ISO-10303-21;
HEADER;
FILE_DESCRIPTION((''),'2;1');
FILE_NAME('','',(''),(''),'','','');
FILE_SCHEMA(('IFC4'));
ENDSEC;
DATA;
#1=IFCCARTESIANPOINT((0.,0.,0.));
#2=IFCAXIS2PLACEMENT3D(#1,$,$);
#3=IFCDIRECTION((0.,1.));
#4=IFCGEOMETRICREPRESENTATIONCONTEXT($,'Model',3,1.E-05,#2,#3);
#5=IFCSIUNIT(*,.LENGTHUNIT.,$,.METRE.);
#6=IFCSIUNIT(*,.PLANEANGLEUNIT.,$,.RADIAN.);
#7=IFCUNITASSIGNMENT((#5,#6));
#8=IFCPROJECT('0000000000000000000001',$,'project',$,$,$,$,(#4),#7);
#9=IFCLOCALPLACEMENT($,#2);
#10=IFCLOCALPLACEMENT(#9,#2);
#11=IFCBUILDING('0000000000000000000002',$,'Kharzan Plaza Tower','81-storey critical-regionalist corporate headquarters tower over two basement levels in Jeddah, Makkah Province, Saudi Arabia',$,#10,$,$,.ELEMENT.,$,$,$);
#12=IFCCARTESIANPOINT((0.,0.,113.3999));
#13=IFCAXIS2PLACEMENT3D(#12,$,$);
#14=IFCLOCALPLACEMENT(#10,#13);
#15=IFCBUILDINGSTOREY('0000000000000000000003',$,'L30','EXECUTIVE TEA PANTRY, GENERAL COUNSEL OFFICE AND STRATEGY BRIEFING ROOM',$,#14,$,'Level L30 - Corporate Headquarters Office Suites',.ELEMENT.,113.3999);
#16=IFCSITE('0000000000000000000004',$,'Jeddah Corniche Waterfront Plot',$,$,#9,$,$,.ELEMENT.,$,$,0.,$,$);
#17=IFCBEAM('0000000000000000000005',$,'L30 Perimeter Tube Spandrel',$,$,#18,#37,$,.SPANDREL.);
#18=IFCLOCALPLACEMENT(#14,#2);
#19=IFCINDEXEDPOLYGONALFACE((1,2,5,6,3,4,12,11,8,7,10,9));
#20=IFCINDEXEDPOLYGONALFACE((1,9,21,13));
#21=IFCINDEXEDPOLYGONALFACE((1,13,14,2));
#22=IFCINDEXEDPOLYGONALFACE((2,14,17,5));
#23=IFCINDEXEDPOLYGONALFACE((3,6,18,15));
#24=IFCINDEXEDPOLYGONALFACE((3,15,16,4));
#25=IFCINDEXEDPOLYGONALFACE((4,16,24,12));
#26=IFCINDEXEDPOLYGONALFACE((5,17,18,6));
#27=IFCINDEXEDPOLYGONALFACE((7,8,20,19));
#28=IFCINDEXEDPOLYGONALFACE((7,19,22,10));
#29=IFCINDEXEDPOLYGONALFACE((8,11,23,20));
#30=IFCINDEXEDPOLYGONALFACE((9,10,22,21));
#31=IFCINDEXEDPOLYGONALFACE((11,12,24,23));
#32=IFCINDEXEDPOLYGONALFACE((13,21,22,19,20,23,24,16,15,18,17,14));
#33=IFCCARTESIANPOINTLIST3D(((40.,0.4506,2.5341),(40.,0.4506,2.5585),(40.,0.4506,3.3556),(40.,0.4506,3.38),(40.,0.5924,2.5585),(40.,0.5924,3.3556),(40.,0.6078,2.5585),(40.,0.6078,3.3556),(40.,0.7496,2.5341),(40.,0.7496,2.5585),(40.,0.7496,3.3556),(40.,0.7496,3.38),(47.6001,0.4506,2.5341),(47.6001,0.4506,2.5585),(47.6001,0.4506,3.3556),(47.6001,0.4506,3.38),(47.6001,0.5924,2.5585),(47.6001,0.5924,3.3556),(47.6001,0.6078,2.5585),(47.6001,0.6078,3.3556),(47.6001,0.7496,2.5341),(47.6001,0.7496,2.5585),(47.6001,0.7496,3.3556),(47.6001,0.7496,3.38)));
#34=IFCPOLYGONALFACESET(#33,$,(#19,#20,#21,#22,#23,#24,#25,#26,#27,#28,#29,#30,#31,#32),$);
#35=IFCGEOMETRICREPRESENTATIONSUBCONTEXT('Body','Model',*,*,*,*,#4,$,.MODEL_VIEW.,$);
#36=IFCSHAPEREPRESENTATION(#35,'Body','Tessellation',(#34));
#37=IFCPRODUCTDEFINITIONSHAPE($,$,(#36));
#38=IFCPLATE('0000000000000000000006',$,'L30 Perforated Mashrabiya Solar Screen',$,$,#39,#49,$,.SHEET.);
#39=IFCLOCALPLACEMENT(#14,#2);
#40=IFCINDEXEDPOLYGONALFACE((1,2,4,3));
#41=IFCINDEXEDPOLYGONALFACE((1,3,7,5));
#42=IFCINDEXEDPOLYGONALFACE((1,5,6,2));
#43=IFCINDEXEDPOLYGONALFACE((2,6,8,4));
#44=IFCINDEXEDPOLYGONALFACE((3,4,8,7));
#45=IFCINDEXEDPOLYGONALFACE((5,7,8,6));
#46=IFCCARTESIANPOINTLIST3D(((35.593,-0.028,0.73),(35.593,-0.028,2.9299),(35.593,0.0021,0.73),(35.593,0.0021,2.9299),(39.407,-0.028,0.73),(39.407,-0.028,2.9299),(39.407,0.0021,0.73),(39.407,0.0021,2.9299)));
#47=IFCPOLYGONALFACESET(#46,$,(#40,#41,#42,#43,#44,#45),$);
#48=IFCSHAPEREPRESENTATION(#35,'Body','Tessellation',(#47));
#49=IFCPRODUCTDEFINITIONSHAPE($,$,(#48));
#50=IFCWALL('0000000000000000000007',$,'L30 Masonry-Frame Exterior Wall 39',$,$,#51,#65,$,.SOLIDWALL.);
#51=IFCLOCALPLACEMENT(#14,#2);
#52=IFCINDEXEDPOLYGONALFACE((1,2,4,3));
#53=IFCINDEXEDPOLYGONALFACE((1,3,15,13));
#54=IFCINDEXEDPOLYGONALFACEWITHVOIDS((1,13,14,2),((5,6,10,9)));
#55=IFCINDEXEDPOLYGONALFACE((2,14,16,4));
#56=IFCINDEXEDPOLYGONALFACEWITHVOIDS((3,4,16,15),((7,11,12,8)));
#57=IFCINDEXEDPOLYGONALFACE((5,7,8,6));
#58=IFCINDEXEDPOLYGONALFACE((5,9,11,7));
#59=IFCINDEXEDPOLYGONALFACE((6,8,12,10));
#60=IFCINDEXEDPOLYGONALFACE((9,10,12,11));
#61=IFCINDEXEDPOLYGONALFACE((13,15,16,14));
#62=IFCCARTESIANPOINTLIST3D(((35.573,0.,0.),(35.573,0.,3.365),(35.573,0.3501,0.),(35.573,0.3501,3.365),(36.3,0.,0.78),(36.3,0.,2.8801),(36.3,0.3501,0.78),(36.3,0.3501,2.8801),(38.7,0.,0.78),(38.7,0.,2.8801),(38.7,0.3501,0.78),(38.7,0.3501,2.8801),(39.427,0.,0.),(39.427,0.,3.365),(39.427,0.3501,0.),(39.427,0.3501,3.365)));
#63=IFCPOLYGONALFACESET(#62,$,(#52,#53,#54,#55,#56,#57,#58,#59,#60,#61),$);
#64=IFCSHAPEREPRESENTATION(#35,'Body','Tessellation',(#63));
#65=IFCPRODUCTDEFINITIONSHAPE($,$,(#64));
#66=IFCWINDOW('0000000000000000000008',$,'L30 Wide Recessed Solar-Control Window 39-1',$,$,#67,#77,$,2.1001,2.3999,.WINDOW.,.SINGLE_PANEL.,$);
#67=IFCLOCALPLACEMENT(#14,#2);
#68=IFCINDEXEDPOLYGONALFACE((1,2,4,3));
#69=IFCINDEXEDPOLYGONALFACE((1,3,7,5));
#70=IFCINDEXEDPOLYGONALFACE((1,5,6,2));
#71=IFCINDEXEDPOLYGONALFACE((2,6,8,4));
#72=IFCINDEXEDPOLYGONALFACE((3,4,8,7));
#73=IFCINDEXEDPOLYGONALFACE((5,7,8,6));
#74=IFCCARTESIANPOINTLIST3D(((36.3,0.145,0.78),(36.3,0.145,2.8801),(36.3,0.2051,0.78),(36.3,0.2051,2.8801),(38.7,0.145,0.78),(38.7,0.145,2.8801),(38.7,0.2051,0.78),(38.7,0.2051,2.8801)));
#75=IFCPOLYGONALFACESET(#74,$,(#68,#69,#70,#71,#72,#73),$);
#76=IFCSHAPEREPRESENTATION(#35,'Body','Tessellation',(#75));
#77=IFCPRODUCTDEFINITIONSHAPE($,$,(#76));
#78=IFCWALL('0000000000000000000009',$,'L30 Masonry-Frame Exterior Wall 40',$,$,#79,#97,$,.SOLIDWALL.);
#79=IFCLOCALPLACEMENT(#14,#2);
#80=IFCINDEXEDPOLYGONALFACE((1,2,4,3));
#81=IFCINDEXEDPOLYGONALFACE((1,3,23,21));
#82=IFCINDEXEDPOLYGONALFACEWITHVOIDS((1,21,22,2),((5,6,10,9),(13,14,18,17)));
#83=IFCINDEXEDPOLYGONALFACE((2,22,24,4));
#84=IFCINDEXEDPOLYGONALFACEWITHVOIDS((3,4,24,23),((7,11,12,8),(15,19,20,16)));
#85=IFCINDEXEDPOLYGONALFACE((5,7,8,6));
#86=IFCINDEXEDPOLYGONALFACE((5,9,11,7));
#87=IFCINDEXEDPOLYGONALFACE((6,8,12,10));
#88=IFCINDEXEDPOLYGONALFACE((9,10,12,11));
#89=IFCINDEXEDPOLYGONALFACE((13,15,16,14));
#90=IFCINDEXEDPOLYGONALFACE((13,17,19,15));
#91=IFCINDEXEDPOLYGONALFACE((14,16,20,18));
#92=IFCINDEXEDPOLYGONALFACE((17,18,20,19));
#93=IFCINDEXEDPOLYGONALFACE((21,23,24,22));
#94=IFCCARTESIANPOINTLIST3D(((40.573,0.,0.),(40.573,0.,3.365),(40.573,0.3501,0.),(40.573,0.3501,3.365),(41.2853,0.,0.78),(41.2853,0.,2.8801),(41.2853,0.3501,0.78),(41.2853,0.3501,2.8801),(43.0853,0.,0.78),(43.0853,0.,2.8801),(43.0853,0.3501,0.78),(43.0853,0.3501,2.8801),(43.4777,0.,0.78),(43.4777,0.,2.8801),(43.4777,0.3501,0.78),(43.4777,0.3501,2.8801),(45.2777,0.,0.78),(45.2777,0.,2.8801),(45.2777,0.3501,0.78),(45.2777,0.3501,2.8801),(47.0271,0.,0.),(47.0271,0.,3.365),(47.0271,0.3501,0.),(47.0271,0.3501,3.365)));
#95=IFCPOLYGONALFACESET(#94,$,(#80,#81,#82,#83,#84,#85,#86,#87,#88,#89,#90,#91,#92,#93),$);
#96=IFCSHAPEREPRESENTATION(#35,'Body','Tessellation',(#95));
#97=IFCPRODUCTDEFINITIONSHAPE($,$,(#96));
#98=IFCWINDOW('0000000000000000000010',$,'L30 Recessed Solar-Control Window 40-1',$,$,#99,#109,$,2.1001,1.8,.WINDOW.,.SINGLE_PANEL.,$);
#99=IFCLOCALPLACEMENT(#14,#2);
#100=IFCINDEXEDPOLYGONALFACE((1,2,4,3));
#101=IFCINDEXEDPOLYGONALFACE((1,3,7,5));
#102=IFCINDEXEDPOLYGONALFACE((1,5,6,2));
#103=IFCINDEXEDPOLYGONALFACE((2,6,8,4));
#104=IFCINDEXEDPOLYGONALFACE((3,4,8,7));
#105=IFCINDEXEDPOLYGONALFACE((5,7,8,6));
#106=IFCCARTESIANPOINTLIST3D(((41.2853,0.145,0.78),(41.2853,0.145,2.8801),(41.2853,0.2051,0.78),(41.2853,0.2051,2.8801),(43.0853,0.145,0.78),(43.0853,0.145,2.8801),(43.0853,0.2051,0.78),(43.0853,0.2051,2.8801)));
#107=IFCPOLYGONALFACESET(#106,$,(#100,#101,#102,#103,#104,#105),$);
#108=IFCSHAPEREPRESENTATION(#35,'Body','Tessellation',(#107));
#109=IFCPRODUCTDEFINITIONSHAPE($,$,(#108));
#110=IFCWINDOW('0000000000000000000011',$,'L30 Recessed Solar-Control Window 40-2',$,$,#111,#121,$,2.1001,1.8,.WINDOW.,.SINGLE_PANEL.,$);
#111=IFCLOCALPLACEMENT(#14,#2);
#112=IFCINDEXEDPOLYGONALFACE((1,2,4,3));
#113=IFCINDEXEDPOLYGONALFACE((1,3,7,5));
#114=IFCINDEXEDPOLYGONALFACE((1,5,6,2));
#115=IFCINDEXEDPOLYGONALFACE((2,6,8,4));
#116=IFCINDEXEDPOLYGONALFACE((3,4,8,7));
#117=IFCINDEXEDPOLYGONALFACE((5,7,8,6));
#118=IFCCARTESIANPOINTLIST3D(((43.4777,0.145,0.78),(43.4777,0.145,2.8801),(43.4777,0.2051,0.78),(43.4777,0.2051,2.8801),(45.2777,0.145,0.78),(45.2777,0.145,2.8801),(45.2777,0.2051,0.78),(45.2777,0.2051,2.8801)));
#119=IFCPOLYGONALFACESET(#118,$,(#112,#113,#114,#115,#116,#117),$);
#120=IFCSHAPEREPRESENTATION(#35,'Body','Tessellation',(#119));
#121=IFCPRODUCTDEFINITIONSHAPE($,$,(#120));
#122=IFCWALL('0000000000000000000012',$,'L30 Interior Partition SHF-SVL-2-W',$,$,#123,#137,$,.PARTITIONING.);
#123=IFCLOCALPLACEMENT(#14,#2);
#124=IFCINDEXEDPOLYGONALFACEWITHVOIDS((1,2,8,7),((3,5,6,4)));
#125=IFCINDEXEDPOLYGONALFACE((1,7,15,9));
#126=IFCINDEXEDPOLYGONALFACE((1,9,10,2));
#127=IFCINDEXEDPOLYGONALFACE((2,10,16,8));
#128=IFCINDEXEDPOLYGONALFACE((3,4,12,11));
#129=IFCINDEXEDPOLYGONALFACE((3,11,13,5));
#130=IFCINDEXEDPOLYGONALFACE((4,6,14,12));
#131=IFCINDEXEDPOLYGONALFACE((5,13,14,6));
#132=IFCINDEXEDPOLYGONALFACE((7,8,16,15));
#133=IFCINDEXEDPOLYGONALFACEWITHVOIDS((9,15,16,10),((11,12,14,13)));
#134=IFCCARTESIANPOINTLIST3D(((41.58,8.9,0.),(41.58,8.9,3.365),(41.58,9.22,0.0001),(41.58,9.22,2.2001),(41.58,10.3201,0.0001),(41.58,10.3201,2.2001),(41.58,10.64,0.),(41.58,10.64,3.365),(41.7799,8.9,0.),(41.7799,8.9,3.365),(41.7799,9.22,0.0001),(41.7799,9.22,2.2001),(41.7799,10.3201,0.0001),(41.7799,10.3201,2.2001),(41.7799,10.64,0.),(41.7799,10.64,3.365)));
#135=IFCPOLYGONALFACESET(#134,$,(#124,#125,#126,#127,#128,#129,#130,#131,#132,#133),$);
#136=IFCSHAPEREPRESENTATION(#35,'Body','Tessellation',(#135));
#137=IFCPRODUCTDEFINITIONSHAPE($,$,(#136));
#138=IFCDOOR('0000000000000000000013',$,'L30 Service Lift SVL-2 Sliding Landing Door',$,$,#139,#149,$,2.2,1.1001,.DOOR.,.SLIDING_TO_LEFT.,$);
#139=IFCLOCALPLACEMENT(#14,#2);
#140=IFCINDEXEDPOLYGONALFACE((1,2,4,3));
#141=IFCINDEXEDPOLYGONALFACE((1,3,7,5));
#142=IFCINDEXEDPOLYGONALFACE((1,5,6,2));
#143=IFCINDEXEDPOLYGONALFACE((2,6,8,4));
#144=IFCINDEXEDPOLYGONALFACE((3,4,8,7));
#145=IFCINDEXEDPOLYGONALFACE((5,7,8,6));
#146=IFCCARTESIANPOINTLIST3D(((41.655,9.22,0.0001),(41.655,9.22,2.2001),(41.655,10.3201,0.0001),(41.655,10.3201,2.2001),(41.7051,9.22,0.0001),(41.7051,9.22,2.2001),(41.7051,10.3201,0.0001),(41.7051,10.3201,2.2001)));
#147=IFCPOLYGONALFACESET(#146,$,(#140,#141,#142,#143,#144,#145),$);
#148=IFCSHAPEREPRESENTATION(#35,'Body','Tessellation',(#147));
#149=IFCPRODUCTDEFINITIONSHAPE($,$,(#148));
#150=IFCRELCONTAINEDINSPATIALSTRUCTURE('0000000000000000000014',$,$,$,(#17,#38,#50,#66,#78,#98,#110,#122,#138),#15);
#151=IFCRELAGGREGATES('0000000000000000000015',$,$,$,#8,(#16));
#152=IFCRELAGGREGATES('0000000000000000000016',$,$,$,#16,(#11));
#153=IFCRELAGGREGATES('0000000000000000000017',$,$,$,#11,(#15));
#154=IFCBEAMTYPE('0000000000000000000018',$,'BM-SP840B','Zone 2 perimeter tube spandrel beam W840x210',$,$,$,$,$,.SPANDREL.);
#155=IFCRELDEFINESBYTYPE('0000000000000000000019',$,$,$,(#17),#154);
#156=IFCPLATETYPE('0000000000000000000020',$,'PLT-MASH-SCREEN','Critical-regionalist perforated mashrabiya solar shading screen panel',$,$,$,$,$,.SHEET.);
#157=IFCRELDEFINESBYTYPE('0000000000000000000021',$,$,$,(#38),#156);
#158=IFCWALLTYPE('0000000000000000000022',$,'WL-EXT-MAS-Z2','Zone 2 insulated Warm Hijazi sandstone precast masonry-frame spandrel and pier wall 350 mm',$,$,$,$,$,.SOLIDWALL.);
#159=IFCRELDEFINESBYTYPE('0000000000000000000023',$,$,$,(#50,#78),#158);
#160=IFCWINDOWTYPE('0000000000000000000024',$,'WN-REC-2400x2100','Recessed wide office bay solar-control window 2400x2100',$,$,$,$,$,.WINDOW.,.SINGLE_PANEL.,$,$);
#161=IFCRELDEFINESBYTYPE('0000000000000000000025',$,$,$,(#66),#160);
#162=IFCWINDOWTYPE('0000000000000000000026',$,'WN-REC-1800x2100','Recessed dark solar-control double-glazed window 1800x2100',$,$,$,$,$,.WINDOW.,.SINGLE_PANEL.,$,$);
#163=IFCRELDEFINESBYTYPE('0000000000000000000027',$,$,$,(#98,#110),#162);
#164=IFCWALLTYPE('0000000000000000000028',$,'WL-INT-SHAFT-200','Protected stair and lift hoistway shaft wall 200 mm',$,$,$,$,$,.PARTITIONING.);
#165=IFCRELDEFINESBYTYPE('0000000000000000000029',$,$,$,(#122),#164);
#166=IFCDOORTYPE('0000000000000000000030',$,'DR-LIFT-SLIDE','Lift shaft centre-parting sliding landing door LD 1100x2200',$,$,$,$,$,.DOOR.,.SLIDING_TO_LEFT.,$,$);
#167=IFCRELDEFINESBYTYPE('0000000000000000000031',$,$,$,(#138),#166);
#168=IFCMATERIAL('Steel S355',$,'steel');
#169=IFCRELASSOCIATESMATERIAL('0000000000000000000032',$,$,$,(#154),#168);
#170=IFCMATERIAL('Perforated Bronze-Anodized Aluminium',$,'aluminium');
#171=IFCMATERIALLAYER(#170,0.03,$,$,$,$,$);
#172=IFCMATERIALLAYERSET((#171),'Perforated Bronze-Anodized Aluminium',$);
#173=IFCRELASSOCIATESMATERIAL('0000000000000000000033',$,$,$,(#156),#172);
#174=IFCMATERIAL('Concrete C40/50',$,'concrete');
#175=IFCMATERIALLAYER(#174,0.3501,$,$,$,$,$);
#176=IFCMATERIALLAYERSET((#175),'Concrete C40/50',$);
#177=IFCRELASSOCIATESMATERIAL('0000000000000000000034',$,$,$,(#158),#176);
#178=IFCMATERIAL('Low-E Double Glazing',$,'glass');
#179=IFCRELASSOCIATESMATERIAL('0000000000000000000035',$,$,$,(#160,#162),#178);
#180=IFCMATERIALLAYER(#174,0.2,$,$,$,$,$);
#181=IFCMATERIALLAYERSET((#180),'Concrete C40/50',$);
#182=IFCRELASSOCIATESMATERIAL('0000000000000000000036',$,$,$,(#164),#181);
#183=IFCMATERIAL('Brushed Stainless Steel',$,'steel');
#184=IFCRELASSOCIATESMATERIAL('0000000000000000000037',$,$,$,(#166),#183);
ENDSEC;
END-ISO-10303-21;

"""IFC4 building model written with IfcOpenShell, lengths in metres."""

from ifc_helpers import new_model, si_unit, direction, frame, frame_2d, origin, origin_2d, place, context, subcontext, project, spatial, rectangle, i_section, extrude, source, transform, mapped, material, layer, layer_set, material_profile, profile_set, type_object, element, fill, save


model = new_model("IFC4")

# Units and contexts
model_context = context("Model", 3, precision=1e-05, world=origin(), true_north=direction((0.0, 1.0)))
body_context = subcontext(model_context, "Body", "Model", "MODEL_VIEW")
ifc_project = project(units=[si_unit("LENGTHUNIT", "METRE"), si_unit("PLANEANGLEUNIT", "RADIAN")], contexts=[model_context])

# Site, building, storey
site_placement = place(None, origin())
site = spatial("IfcSite", under=ifc_project, at=site_placement, Name="Jeddah Corniche Waterfront Plot", CompositionType="ELEMENT", RefElevation=0.0)
building_placement = place(site_placement, origin())
building = spatial("IfcBuilding", under=site, at=building_placement, Name="Kharzan Plaza Tower", Description="81-storey critical-regionalist corporate headquarters tower over two basement levels in Jeddah, Makkah Province, Saudi Arabia", CompositionType="ELEMENT")
storey_placement = place(building_placement, frame((0.0, 0.0, 113.3999)))
storey = spatial("IfcBuildingStorey", under=building, at=storey_placement, Name="L30", Description="EXECUTIVE TEA PANTRY, GENERAL COUNSEL OFFICE AND STRATEGY BRIEFING ROOM", LongName="Level L30 - Corporate Headquarters Office Suites", CompositionType="ELEMENT", Elevation=113.3999)

# Beam
ifc_material_1 = material(Name="Steel S355", Category="steel")
ifc_material_profile_1 = material_profile(ifc_material_1, i_section(OverallWidth=0.2991, OverallDepth=0.8459, WebThickness=0.0154, FlangeThickness=0.0244, at=origin_2d()), Name="W840x210")
ifc_profile_set_1 = profile_set([ifc_material_profile_1], Name="Steel S355")
beam_type_1 = type_object("IfcBeamType", Name="BM-SP840B", Description="Zone 2 perimeter tube spandrel beam W840x210", PredefinedType="SPANDREL", material=ifc_profile_set_1)
shared_shape_1 = source(origin(), body_context, "Body", "SweptSolid", [
    extrude(i_section(OverallWidth=0.2991, OverallDepth=0.8459, WebThickness=0.0154, FlangeThickness=0.0244, at=origin_2d()), origin(), (0.0, 0.0, 1.0), 7.6001),
])
beam_1_placement = place(storey_placement, frame((40.0, 0.6001, 2.957), z_axis=(1.0, 0.0, 0.0), x_axis=(0.0, 1.0, 0.0)))
element("IfcBeam", 1, at=beam_1_placement, inside=storey, type_object=beam_type_1, Name="L30 Perimeter Tube Spandrel", PredefinedType="SPANDREL", context=body_context, shape_type="MappedRepresentation", body=[
    mapped(shared_shape_1, transform((0.0, 0.0, 0.0), x_axis=(1.0, 0.0, 0.0), y_axis=(0.0, 1.0, 0.0), z_axis=(0.0, 0.0, 1.0))),
])

# Plate
ifc_material_2 = material(Name="Perforated Bronze-Anodized Aluminium", Category="aluminium")
ifc_layer_1 = layer(ifc_material_2, 0.03)
ifc_layer_set_1 = layer_set([ifc_layer_1], Name="Perforated Bronze-Anodized Aluminium")
plate_type = type_object("IfcPlateType", Name="PLT-MASH-SCREEN", Description="Critical-regionalist perforated mashrabiya solar shading screen panel", PredefinedType="SHEET", material=ifc_layer_set_1)
shared_shape_2 = source(origin(), body_context, "Body", "SweptSolid", [
    extrude(rectangle(XDim=3.814, YDim=0.03, at=origin_2d()), origin(), (0.0, 0.0, 1.0), 2.2),
])
plate_placement = place(storey_placement, frame((37.5, -0.0129, 0.73), z_axis=(0.0, 0.0, 1.0), x_axis=(1.0, 0.0, 0.0)))
element("IfcPlate", 2, at=plate_placement, inside=storey, type_object=plate_type, Name="L30 Perforated Mashrabiya Solar Screen", PredefinedType="SHEET", context=body_context, shape_type="MappedRepresentation", body=[
    mapped(shared_shape_2, transform((0.0, 0.0, 0.0), x_axis=(1.0, 0.0, 0.0), y_axis=(0.0, 1.0, 0.0), z_axis=(0.0, 0.0, 1.0))),
])

# Wall, opening, window
ifc_material_3 = material(Name="Concrete C40/50", Category="concrete")
ifc_layer_2 = layer(ifc_material_3, 0.3501)
ifc_layer_set_2 = layer_set([ifc_layer_2], Name="Concrete C40/50")
wall_type_1 = type_object("IfcWallType", Name="WL-EXT-MAS-Z2", Description="Zone 2 insulated Warm Hijazi sandstone precast masonry-frame spandrel and pier wall 350 mm", PredefinedType="SOLIDWALL", material=ifc_layer_set_2)
wall_1_placement = place(storey_placement, frame((35.573, 0.175, 0.0), z_axis=(0.0, 0.0, 1.0), x_axis=(1.0, 0.0, 0.0)))
wall_1 = element("IfcWall", 3, at=wall_1_placement, inside=storey, type_object=wall_type_1, Name="L30 Masonry-Frame Exterior Wall 39", PredefinedType="SOLIDWALL", context=body_context, shape_type="SweptSolid", body=[
    extrude(rectangle(XDim=3.854, YDim=0.3501, at=frame_2d((1.927, 0.0))), origin(), (0.0, 0.0, 1.0), 3.365),
])
opening_1_placement = place(wall_1_placement, frame((0.7271, 0.0, 0.78)))
opening_1 = element("IfcOpeningElement", 4, at=opening_1_placement, cuts=wall_1, PredefinedType="OPENING", context=body_context, shape_type="SweptSolid", body=[
    extrude(rectangle(XDim=2.3999, YDim=2.1001, at=frame_2d((1.2, 1.05))), frame((0.0, 0.1851, 0.0), z_axis=(0.0, -1.0, 0.0), x_axis=(1.0, 0.0, 0.0)), (0.0, 0.0, 1.0), 0.3701),
])
ifc_material_4 = material(Name="Low-E Double Glazing", Category="glass")
window_type_1 = type_object("IfcWindowType", Name="WN-REC-2400x2100", Description="Recessed wide office bay solar-control window 2400x2100", PartitioningType="SINGLE_PANEL", PredefinedType="WINDOW", material=ifc_material_4)
shared_shape_3 = source(origin(), body_context, "Body", "SweptSolid", [
    extrude(rectangle(XDim=2.3999, YDim=2.1001, at=frame_2d((1.2, 1.05))), frame((0.0, 0.03, 0.0), z_axis=(0.0, -1.0, 0.0), x_axis=(1.0, 0.0, 0.0)), (0.0, 0.0, 1.0), 0.0601),
])
window_1_placement = place(opening_1_placement, origin())
window_1 = element("IfcWindow", 5, at=window_1_placement, inside=storey, type_object=window_type_1, Name="L30 Wide Recessed Solar-Control Window 39-1", OverallHeight=2.1001, OverallWidth=2.3999, PartitioningType="SINGLE_PANEL", PredefinedType="WINDOW", context=body_context, shape_type="MappedRepresentation", body=[
    mapped(shared_shape_3, transform((0.0, 0.0, 0.0), x_axis=(1.0, 0.0, 0.0), y_axis=(0.0, 1.0, 0.0), z_axis=(0.0, 0.0, 1.0))),
])
fill(opening_1, window_1)

# Wall, openings, windows
wall_2_placement = place(storey_placement, frame((40.573, 0.175, 0.0), z_axis=(0.0, 0.0, 1.0), x_axis=(1.0, 0.0, 0.0)))
wall_2 = element("IfcWall", 6, at=wall_2_placement, inside=storey, type_object=wall_type_1, Name="L30 Masonry-Frame Exterior Wall 40", PredefinedType="SOLIDWALL", context=body_context, shape_type="SweptSolid", body=[
    extrude(rectangle(XDim=6.4541, YDim=0.3501, at=frame_2d((3.2271, 0.0))), origin(), (0.0, 0.0, 1.0), 3.365),
])
opening_2_placement = place(wall_2_placement, frame((0.7124, 0.0, 0.78)))
opening_2 = element("IfcOpeningElement", 7, at=opening_2_placement, cuts=wall_2, PredefinedType="OPENING", context=body_context, shape_type="SweptSolid", body=[
    extrude(rectangle(XDim=1.8, YDim=2.1001, at=frame_2d((0.8999, 1.05))), frame((0.0, 0.1851, 0.0), z_axis=(0.0, -1.0, 0.0), x_axis=(1.0, 0.0, 0.0)), (0.0, 0.0, 1.0), 0.3701),
])
opening_3_placement = place(wall_2_placement, frame((2.9048, 0.0, 0.78)))
opening_3 = element("IfcOpeningElement", 8, at=opening_3_placement, cuts=wall_2, PredefinedType="OPENING", context=body_context, shape_type="SweptSolid", body=[
    extrude(rectangle(XDim=1.8, YDim=2.1001, at=frame_2d((0.8999, 1.05))), frame((0.0, 0.1851, 0.0), z_axis=(0.0, -1.0, 0.0), x_axis=(1.0, 0.0, 0.0)), (0.0, 0.0, 1.0), 0.3701),
])
window_type_2 = type_object("IfcWindowType", Name="WN-REC-1800x2100", Description="Recessed dark solar-control double-glazed window 1800x2100", PartitioningType="SINGLE_PANEL", PredefinedType="WINDOW", material=ifc_material_4)
shared_shape_4 = source(origin(), body_context, "Body", "SweptSolid", [
    extrude(rectangle(XDim=1.8, YDim=2.1001, at=frame_2d((0.8999, 1.05))), frame((0.0, 0.03, 0.0), z_axis=(0.0, -1.0, 0.0), x_axis=(1.0, 0.0, 0.0)), (0.0, 0.0, 1.0), 0.0601),
])
window_2_placement = place(opening_2_placement, origin())
window_2 = element("IfcWindow", 9, at=window_2_placement, inside=storey, type_object=window_type_2, Name="L30 Recessed Solar-Control Window 40-1", OverallHeight=2.1001, OverallWidth=1.8, PartitioningType="SINGLE_PANEL", PredefinedType="WINDOW", context=body_context, shape_type="MappedRepresentation", body=[
    mapped(shared_shape_4, transform((0.0, 0.0, 0.0), x_axis=(1.0, 0.0, 0.0), y_axis=(0.0, 1.0, 0.0), z_axis=(0.0, 0.0, 1.0))),
])
fill(opening_2, window_2)
window_3_placement = place(opening_3_placement, origin())
window_3 = element("IfcWindow", 10, at=window_3_placement, inside=storey, type_object=window_type_2, Name="L30 Recessed Solar-Control Window 40-2", OverallHeight=2.1001, OverallWidth=1.8, PartitioningType="SINGLE_PANEL", PredefinedType="WINDOW", context=body_context, shape_type="MappedRepresentation", body=[
    mapped(shared_shape_4, transform((0.0, 0.0, 0.0), x_axis=(1.0, 0.0, 0.0), y_axis=(0.0, 1.0, 0.0), z_axis=(0.0, 0.0, 1.0))),
])
fill(opening_3, window_3)

# Wall, opening, door
ifc_layer_3 = layer(ifc_material_3, 0.2)
ifc_layer_set_3 = layer_set([ifc_layer_3], Name="Concrete C40/50")
wall_type_2 = type_object("IfcWallType", Name="WL-INT-SHAFT-200", Description="Protected stair and lift hoistway shaft wall 200 mm", PredefinedType="PARTITIONING", material=ifc_layer_set_3)
wall_3_placement = place(storey_placement, frame((41.6799, 8.8999, 0.0), z_axis=(0.0, 0.0, 1.0), x_axis=(0.0, 1.0, 0.0)))
wall_3 = element("IfcWall", 11, at=wall_3_placement, inside=storey, type_object=wall_type_2, Name="L30 Interior Partition SHF-SVL-2-W", PredefinedType="PARTITIONING", context=body_context, shape_type="SweptSolid", body=[
    extrude(rectangle(XDim=1.74, YDim=0.2, at=frame_2d((0.8701, 0.0))), origin(), (0.0, 0.0, 1.0), 3.365),
])
opening_4_placement = place(wall_3_placement, frame((0.3201, 0.0, 0.0)))
opening_4 = element("IfcOpeningElement", 12, at=opening_4_placement, cuts=wall_3, PredefinedType="OPENING", context=body_context, shape_type="SweptSolid", body=[
    extrude(rectangle(XDim=1.1001, YDim=2.2, at=frame_2d((0.55, 1.1001))), frame((0.0, 0.1099, 0.0), z_axis=(0.0, -1.0, 0.0), x_axis=(1.0, 0.0, 0.0)), (0.0, 0.0, 1.0), 0.22),
])
ifc_material_5 = material(Name="Brushed Stainless Steel", Category="steel")
door_type_1 = type_object("IfcDoorType", Name="DR-LIFT-SLIDE", Description="Lift shaft centre-parting sliding landing door LD 1100x2200", OperationType="SLIDING_TO_LEFT", PredefinedType="DOOR", material=ifc_material_5)
shared_shape_5 = source(origin(), body_context, "Body", "SweptSolid", [
    extrude(rectangle(XDim=1.1001, YDim=2.2, at=frame_2d((0.55, 1.1001))), frame((0.0, 0.0249, 0.0), z_axis=(0.0, -1.0, 0.0), x_axis=(1.0, 0.0, 0.0)), (0.0, 0.0, 1.0), 0.05),
])
door_1_placement = place(opening_4_placement, origin())
door_1 = element("IfcDoor", 13, at=door_1_placement, inside=storey, type_object=door_type_1, Name="L30 Service Lift SVL-2 Sliding Landing Door", OperationType="SLIDING_TO_LEFT", OverallHeight=2.2, OverallWidth=1.1001, PredefinedType="DOOR", context=body_context, shape_type="MappedRepresentation", body=[
    mapped(shared_shape_5, transform((0.0, 0.0, 0.0), x_axis=(1.0, 0.0, 0.0), y_axis=(0.0, 1.0, 0.0), z_axis=(0.0, 0.0, 1.0))),
])
fill(opening_4, door_1)

save(model, "model.ifc")
